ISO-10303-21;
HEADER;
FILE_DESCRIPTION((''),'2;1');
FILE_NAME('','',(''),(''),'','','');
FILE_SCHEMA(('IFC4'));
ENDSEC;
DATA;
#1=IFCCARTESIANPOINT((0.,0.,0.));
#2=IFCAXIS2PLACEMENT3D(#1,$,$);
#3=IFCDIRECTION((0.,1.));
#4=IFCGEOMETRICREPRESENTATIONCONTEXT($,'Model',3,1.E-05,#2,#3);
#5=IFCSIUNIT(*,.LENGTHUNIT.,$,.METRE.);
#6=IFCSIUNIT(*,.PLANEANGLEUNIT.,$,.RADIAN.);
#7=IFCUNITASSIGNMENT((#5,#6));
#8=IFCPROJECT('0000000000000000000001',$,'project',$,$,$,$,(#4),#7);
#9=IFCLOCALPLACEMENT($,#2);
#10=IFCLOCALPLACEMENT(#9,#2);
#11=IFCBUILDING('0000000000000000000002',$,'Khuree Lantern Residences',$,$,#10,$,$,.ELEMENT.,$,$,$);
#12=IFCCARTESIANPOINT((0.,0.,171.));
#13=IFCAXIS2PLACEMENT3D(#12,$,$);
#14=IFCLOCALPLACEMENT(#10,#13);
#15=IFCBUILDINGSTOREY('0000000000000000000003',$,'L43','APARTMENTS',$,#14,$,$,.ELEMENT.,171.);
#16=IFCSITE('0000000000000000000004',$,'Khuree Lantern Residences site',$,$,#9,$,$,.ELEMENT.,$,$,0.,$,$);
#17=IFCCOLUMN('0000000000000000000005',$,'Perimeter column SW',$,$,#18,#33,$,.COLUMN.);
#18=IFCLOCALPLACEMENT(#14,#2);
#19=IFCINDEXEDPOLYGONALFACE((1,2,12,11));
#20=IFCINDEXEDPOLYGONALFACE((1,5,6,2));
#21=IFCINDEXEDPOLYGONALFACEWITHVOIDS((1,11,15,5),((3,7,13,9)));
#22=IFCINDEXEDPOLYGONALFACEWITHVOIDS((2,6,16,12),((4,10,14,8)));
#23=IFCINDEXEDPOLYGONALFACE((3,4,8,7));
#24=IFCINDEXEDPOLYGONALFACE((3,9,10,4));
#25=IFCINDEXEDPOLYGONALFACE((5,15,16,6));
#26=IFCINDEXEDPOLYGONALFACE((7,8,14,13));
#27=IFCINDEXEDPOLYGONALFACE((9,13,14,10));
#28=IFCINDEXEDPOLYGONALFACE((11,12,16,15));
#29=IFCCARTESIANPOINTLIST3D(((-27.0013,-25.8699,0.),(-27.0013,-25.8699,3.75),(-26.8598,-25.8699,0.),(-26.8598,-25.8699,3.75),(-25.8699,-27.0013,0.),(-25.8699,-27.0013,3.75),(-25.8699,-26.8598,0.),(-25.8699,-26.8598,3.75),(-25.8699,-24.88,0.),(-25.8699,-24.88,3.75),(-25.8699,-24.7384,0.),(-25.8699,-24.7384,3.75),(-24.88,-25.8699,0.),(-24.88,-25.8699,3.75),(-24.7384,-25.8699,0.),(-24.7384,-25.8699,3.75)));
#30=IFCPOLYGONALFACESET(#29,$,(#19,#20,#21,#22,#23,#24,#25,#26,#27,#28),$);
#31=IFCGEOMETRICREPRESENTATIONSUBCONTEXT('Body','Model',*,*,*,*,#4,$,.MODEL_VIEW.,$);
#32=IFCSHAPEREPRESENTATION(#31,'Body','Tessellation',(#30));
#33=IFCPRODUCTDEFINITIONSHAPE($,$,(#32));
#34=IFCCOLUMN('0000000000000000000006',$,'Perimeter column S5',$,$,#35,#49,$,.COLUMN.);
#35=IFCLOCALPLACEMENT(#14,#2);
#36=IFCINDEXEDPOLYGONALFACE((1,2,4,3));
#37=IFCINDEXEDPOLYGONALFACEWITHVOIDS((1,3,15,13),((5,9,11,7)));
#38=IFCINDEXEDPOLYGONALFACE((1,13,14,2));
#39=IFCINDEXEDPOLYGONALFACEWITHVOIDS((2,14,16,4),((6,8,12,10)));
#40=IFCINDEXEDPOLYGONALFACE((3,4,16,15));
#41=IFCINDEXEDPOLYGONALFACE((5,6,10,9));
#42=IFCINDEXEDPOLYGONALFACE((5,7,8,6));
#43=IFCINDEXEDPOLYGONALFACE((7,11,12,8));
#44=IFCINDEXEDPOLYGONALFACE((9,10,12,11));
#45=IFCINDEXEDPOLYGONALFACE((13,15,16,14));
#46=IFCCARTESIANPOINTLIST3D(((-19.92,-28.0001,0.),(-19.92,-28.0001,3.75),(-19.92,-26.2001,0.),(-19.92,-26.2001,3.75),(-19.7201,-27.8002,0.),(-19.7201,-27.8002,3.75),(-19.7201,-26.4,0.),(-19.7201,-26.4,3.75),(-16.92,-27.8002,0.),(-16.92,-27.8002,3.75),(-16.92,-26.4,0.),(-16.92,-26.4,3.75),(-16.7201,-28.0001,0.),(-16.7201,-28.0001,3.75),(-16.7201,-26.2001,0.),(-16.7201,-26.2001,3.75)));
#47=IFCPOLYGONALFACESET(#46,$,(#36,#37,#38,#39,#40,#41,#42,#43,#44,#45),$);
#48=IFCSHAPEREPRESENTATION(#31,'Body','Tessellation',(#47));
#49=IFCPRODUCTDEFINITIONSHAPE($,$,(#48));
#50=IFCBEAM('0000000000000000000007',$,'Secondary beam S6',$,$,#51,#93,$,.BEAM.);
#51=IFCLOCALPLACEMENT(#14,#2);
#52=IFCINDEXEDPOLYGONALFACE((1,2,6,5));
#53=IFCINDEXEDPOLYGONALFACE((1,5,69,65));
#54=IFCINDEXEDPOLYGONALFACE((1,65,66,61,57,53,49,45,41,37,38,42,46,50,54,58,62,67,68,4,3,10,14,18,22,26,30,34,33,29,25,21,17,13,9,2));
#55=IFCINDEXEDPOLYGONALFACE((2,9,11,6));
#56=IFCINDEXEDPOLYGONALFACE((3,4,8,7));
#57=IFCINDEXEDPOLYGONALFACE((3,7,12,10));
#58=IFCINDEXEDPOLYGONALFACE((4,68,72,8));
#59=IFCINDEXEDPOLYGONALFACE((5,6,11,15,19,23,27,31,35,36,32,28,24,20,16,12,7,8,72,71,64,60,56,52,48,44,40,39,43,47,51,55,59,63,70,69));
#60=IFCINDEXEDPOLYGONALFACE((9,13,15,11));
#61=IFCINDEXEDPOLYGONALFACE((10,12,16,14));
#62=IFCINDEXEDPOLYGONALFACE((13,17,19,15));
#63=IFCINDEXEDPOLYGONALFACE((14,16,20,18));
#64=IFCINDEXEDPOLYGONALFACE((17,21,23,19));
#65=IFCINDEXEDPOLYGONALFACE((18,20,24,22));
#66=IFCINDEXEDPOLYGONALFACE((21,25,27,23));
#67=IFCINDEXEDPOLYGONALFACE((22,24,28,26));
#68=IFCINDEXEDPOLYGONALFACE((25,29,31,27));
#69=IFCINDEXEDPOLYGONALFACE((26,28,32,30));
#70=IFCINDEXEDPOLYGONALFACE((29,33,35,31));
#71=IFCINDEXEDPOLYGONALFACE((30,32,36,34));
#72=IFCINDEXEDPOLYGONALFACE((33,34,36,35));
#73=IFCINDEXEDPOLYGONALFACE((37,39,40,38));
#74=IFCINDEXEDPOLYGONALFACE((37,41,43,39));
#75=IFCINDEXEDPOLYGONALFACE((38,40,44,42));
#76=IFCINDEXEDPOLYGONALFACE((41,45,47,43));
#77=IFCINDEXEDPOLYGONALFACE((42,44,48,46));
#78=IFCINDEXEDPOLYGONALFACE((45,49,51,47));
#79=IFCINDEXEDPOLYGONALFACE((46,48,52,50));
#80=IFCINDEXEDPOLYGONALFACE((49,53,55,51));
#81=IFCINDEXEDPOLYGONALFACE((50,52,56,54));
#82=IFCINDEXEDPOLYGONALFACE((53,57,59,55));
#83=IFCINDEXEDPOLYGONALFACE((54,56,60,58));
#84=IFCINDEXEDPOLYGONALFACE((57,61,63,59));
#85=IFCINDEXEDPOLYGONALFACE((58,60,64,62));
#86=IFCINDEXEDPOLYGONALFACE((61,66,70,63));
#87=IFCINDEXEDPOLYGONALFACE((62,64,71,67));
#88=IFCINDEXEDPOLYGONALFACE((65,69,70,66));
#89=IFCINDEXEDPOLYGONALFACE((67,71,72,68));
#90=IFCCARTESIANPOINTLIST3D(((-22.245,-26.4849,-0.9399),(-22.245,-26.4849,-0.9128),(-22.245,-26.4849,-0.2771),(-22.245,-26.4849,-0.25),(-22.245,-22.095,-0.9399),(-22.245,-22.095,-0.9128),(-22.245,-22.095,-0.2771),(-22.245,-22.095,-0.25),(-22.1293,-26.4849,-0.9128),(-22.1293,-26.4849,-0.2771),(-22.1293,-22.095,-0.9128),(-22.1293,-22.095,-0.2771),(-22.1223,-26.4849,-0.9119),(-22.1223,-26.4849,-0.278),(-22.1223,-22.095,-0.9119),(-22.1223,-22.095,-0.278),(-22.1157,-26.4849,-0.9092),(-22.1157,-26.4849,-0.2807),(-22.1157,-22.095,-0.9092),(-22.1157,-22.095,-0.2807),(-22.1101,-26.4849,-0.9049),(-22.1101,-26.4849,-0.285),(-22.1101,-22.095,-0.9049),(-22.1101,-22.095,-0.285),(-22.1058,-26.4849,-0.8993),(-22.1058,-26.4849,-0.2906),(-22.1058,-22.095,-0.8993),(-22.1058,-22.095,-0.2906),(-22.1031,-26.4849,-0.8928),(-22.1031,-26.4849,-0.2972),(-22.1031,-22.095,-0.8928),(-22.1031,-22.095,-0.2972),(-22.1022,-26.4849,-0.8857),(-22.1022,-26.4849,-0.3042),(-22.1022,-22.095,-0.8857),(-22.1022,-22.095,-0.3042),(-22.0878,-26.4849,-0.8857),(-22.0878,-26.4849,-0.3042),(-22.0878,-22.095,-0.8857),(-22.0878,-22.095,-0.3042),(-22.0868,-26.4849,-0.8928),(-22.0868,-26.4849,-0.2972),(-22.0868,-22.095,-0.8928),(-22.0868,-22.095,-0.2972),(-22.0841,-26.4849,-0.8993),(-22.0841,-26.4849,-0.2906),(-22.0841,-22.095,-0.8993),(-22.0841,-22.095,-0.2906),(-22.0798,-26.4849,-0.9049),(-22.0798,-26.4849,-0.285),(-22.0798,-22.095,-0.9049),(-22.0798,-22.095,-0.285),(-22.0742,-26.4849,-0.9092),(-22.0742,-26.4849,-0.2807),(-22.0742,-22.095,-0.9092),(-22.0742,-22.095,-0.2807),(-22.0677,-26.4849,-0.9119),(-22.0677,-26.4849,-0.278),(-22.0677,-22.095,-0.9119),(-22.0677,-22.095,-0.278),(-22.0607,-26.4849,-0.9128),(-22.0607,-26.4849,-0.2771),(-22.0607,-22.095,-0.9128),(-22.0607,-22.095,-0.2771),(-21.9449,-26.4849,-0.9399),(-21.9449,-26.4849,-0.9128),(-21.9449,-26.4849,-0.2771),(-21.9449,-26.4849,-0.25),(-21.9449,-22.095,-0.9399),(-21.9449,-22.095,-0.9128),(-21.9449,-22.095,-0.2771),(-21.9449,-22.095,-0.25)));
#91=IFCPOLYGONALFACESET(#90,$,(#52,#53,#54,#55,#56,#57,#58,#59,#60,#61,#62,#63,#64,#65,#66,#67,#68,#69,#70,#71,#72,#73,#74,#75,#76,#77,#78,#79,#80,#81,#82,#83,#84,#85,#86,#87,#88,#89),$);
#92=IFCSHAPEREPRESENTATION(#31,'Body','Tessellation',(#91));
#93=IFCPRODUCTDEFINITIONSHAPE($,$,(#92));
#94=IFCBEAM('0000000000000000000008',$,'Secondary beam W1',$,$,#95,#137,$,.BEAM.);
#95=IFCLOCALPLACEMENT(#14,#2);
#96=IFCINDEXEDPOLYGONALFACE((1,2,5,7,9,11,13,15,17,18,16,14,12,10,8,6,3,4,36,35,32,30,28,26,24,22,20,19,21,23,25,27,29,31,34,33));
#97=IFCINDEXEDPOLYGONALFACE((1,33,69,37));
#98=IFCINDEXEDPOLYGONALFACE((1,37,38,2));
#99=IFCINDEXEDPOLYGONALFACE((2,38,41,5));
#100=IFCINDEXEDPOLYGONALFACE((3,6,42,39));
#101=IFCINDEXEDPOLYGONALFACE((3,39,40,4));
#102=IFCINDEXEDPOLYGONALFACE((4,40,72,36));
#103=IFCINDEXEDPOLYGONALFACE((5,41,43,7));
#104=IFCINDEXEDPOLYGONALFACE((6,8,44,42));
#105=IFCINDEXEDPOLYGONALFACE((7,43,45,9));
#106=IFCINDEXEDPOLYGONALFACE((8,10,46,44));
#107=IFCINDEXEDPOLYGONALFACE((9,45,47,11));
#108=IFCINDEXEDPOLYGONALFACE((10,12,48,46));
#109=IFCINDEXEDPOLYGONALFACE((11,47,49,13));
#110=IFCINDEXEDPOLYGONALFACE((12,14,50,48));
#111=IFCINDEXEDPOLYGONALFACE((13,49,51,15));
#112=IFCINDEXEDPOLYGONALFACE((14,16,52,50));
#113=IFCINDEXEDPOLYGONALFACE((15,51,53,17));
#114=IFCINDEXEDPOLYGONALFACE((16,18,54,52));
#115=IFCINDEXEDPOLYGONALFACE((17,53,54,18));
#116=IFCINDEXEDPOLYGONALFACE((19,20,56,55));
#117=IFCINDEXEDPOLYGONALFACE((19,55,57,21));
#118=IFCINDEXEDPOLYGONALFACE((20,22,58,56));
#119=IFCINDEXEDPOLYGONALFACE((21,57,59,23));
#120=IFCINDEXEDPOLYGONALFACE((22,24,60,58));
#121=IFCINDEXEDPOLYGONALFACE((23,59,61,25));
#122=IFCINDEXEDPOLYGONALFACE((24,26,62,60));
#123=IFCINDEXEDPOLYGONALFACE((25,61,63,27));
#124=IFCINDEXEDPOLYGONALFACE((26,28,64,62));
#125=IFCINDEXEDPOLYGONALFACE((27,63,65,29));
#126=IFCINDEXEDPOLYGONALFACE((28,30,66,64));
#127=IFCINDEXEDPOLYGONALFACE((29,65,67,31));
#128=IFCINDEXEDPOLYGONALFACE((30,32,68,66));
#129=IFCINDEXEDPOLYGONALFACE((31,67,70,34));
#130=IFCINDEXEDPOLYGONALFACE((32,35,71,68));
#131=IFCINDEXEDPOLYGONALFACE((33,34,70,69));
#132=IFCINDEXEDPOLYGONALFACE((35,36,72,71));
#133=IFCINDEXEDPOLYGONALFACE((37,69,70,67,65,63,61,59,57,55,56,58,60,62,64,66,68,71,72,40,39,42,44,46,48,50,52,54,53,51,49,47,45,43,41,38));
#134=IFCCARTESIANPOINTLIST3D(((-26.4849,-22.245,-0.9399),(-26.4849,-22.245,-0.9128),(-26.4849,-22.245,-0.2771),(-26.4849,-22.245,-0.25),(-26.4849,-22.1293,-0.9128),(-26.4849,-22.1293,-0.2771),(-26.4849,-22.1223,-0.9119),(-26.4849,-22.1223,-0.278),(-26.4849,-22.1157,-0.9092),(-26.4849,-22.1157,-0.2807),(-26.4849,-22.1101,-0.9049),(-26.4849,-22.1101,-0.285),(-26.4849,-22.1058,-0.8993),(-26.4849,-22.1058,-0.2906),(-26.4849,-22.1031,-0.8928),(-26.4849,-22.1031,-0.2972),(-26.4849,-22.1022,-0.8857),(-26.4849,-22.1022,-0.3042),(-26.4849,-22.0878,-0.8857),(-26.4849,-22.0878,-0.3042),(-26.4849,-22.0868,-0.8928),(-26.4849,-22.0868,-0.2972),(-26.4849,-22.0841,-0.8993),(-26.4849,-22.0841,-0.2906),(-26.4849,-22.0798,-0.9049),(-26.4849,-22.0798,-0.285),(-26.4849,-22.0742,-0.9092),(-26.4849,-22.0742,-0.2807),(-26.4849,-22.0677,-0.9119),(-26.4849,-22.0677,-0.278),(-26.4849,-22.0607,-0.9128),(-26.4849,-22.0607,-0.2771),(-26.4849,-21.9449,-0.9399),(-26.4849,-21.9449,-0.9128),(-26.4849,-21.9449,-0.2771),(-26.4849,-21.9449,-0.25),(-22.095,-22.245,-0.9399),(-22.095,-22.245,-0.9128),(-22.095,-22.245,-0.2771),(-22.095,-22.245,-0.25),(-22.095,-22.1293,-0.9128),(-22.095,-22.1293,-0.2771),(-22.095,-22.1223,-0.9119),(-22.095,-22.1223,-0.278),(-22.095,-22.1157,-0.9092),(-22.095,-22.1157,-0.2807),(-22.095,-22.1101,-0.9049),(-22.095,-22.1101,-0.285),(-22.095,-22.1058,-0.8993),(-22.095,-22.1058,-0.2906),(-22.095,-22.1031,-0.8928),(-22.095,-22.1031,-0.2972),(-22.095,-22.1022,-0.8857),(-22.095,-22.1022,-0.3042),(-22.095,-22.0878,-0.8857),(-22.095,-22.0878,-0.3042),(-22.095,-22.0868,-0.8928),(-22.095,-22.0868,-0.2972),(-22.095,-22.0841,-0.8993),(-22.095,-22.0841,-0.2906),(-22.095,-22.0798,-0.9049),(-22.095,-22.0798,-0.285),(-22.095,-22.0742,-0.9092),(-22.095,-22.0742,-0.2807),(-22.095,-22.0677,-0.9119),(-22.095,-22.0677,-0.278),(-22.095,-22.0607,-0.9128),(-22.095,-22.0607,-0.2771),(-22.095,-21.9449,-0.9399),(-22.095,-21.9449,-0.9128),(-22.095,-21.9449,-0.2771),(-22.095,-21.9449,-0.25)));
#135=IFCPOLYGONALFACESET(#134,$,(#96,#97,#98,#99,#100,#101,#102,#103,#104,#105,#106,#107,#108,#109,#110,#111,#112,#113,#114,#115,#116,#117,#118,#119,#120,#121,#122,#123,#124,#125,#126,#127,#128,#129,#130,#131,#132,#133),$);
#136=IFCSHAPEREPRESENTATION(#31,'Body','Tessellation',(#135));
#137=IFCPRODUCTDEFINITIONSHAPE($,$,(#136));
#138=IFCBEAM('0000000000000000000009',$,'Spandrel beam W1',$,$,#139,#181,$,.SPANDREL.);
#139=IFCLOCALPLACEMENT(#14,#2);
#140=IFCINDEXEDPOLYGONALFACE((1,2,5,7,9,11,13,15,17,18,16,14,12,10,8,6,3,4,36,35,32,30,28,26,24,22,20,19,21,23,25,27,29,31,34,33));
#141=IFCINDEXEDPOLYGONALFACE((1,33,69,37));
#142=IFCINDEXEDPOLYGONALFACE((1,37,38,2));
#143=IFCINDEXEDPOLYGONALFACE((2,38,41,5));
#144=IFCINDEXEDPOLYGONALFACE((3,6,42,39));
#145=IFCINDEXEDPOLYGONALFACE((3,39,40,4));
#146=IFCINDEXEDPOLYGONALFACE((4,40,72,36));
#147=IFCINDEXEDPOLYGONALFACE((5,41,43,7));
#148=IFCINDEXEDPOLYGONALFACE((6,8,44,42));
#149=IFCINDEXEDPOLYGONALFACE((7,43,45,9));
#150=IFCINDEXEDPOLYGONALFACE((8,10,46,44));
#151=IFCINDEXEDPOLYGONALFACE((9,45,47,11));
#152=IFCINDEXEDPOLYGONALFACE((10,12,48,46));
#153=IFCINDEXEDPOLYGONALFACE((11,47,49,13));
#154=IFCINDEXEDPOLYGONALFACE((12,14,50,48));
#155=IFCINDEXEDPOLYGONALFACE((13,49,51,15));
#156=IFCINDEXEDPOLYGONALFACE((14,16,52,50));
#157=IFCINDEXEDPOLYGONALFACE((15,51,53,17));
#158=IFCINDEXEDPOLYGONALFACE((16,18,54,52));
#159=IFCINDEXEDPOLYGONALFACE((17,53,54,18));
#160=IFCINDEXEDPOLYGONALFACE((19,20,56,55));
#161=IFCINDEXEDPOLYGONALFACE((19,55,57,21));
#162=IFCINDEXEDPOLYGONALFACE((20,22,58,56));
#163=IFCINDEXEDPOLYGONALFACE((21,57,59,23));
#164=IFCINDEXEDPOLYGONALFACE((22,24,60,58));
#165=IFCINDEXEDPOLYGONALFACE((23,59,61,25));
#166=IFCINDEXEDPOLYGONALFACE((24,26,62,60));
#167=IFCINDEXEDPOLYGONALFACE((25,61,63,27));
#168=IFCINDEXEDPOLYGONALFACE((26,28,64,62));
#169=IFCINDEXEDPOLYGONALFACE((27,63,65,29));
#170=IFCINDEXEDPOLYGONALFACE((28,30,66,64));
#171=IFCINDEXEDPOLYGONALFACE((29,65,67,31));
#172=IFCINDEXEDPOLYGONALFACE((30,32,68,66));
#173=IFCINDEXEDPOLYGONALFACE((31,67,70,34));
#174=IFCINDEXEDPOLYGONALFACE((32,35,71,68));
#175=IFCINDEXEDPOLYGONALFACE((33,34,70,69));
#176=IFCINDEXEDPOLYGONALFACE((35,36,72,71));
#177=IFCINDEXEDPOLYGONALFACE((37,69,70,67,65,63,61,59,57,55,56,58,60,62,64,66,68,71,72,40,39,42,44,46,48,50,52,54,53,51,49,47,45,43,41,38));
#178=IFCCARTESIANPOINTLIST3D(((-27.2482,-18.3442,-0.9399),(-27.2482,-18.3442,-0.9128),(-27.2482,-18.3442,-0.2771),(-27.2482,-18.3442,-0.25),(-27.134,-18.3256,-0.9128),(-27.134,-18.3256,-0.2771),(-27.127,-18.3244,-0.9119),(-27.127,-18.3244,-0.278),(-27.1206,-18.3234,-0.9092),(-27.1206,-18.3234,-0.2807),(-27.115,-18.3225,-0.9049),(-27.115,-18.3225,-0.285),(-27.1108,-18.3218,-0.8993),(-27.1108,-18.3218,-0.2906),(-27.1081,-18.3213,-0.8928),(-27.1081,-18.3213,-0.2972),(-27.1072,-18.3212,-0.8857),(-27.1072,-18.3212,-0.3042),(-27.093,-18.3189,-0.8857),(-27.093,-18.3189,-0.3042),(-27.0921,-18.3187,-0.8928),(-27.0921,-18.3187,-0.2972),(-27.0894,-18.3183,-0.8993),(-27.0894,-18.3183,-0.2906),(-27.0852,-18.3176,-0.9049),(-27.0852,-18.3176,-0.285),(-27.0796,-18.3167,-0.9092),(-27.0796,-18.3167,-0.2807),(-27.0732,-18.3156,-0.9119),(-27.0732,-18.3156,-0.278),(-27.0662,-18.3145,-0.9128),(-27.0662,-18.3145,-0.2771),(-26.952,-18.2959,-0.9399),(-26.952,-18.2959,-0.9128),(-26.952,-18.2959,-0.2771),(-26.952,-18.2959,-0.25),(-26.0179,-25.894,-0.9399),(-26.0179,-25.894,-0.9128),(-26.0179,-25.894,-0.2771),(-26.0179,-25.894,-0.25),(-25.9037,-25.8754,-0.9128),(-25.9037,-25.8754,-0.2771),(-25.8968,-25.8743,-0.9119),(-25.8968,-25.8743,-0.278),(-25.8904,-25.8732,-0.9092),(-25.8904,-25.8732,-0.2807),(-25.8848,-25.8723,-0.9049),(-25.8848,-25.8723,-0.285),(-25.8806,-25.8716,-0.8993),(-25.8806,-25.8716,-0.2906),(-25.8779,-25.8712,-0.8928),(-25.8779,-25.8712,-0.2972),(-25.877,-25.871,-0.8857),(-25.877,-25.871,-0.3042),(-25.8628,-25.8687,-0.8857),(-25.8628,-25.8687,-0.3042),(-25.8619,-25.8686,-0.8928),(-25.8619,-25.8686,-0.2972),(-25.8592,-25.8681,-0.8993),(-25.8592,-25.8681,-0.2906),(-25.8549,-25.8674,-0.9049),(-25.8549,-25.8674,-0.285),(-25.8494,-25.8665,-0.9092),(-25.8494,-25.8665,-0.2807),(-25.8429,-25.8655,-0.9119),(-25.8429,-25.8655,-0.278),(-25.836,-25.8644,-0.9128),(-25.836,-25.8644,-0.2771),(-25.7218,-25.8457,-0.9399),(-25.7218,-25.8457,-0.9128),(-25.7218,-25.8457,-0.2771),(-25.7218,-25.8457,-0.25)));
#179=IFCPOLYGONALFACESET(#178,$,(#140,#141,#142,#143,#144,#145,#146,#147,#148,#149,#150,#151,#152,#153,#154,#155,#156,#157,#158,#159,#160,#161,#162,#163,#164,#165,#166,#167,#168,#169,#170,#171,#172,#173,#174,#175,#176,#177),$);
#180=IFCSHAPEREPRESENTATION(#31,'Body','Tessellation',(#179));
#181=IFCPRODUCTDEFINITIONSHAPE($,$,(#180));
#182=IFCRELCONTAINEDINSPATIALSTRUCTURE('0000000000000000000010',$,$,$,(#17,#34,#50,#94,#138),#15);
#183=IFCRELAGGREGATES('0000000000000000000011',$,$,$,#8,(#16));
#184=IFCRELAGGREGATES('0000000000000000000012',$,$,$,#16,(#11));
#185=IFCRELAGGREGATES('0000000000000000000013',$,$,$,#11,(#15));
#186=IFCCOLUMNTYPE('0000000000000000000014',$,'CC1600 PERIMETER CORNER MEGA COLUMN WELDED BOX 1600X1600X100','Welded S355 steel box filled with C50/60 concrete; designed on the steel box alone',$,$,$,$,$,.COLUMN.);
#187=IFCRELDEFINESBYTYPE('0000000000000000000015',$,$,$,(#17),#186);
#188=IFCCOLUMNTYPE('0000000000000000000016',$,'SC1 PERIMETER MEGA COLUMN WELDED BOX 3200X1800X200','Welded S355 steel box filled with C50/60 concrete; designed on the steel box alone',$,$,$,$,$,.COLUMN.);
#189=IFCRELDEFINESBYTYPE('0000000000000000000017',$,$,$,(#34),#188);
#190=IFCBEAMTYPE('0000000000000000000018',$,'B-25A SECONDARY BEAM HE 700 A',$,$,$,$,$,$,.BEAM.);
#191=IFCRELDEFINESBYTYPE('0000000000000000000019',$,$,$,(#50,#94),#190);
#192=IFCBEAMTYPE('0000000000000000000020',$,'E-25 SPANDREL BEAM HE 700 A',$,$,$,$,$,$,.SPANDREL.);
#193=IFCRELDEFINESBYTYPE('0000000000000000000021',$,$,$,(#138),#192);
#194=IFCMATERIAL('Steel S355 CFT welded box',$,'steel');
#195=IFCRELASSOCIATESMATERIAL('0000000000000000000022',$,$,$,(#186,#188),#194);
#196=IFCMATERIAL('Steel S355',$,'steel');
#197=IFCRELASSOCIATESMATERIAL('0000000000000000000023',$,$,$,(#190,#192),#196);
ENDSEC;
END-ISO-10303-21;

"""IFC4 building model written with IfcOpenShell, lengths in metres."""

from ifc_helpers import new_model, si_unit, direction, frame, origin, origin_2d, place, context, subcontext, project, spatial, hollow_rectangle, i_section, extrude, material, material_profile, profile_set, type_object, element, save


model = new_model("IFC4")

# Units and contexts
model_context = context("Model", 3, precision=1e-05, world=origin(), true_north=direction((0.0, 1.0)))
body_context = subcontext(model_context, "Body", "Model", "MODEL_VIEW")
ifc_project = project(units=[si_unit("LENGTHUNIT", "METRE"), si_unit("PLANEANGLEUNIT", "RADIAN")], contexts=[model_context])

# Site, building, storey
site_placement = place(None, origin())
site = spatial("IfcSite", under=ifc_project, at=site_placement, Name="Khuree Lantern Residences site", CompositionType="ELEMENT", RefElevation=0.0)
building_placement = place(site_placement, origin())
building = spatial("IfcBuilding", under=site, at=building_placement, Name="Khuree Lantern Residences", CompositionType="ELEMENT")
storey_placement = place(building_placement, frame((0.0, 0.0, 171.0)))
storey = spatial("IfcBuildingStorey", under=building, at=storey_placement, Name="L43", Description="APARTMENTS", CompositionType="ELEMENT", Elevation=171.0)

# Columns
ifc_material_1 = material(Name="Steel S355 CFT welded box", Category="steel")
ifc_material_profile_1 = material_profile(ifc_material_1, hollow_rectangle(XDim=1.6001, YDim=1.6001, WallThickness=0.1001, at=origin_2d()), Name="WELDED BOX 1600X1600X100")
ifc_profile_set_1 = profile_set([ifc_material_profile_1], Name="Steel S355 CFT welded box")
column_type_1 = type_object("IfcColumnType", Name="CC1600 PERIMETER CORNER MEGA COLUMN WELDED BOX 1600X1600X100", Description="Welded S355 steel box filled with C50/60 concrete; designed on the steel box alone", PredefinedType="COLUMN", material=ifc_profile_set_1)
column_1_placement = place(storey_placement, frame((-25.8699, -25.8699, 0.0), z_axis=(0.0, 0.0, 1.0), x_axis=(0.707107, -0.707107, 0.0)))
element("IfcColumn", 1, at=column_1_placement, inside=storey, type_object=column_type_1, Name="Perimeter column SW", PredefinedType="COLUMN", context=body_context, shape_type="SweptSolid", body=[
    extrude(hollow_rectangle(XDim=1.6001, YDim=1.6001, WallThickness=0.1001, at=origin_2d()), origin(), (0.0, 0.0, 1.0), 3.75),
])
ifc_material_profile_2 = material_profile(ifc_material_1, hollow_rectangle(XDim=3.2, YDim=1.8, WallThickness=0.2, at=origin_2d()), Name="WELDED BOX 3200X1800X200")
ifc_profile_set_2 = profile_set([ifc_material_profile_2], Name="Steel S355 CFT welded box")
column_type_2 = type_object("IfcColumnType", Name="SC1 PERIMETER MEGA COLUMN WELDED BOX 3200X1800X200", Description="Welded S355 steel box filled with C50/60 concrete; designed on the steel box alone", PredefinedType="COLUMN", material=ifc_profile_set_2)
column_2_placement = place(storey_placement, frame((-18.3201, -27.1001, 0.0), z_axis=(0.0, 0.0, 1.0), x_axis=(1.0, 0.0, 0.0)))
element("IfcColumn", 2, at=column_2_placement, inside=storey, type_object=column_type_2, Name="Perimeter column S5", PredefinedType="COLUMN", context=body_context, shape_type="SweptSolid", body=[
    extrude(hollow_rectangle(XDim=3.2, YDim=1.8, WallThickness=0.2, at=origin_2d()), origin(), (0.0, 0.0, 1.0), 3.75),
])

# Beams
ifc_material_2 = material(Name="Steel S355", Category="steel")
ifc_material_profile_3 = material_profile(ifc_material_2, i_section(OverallWidth=0.3, OverallDepth=0.6899, WebThickness=0.0144, FlangeThickness=0.0271, FilletRadius=0.0271, at=origin_2d()), Name="HE 700 A")
ifc_profile_set_3 = profile_set([ifc_material_profile_3], Name="Steel S355")
beam_type_1 = type_object("IfcBeamType", Name="B-25A SECONDARY BEAM HE 700 A", PredefinedType="BEAM", material=ifc_profile_set_3)
for number, where, z_axis, x_axis, name in (
    (3, (-22.095, -26.4849, -0.595), (0.0, 1.0, 0.0), (-1.0, 0.0, 0.0), "Secondary beam S6"),
    (4, (-26.4849, -22.095, -0.595), (1.0, 0.0, 0.0), (0.0, 1.0, 0.0), "Secondary beam W1"),
):
    element("IfcBeam", number, at=place(storey_placement, frame(where, z_axis=z_axis, x_axis=x_axis)), inside=storey, type_object=beam_type_1, Name=name, PredefinedType="BEAM", context=body_context, shape_type="SweptSolid", body=[
        extrude(i_section(OverallWidth=0.3, OverallDepth=0.6899, WebThickness=0.0144, FlangeThickness=0.0271, FilletRadius=0.0271, at=origin_2d()), origin(), (0.0, 0.0, 1.0), 4.3899),
    ])
ifc_material_profile_4 = material_profile(ifc_material_2, i_section(OverallWidth=0.3, OverallDepth=0.6899, WebThickness=0.0144, FlangeThickness=0.0271, FilletRadius=0.0271, at=origin_2d()), Name="HE 700 A")
ifc_profile_set_4 = profile_set([ifc_material_profile_4], Name="Steel S355")
beam_type_2 = type_object("IfcBeamType", Name="E-25 SPANDREL BEAM HE 700 A", PredefinedType="SPANDREL", material=ifc_profile_set_4)
beam_1_placement = place(storey_placement, frame((-25.8699, -25.8699, -0.595), z_axis=(-0.160827, 0.986983, 0.0), x_axis=(-0.986983, -0.160827, 0.0)))
element("IfcBeam", 5, at=beam_1_placement, inside=storey, type_object=beam_type_2, Name="Spandrel beam W1", PredefinedType="SPANDREL", context=body_context, shape_type="SweptSolid", body=[
    extrude(i_section(OverallWidth=0.3, OverallDepth=0.6899, WebThickness=0.0144, FlangeThickness=0.0271, FilletRadius=0.0271, at=origin_2d()), origin(), (0.0, 0.0, 1.0), 7.6494),
])

save(model, "model.ifc")
